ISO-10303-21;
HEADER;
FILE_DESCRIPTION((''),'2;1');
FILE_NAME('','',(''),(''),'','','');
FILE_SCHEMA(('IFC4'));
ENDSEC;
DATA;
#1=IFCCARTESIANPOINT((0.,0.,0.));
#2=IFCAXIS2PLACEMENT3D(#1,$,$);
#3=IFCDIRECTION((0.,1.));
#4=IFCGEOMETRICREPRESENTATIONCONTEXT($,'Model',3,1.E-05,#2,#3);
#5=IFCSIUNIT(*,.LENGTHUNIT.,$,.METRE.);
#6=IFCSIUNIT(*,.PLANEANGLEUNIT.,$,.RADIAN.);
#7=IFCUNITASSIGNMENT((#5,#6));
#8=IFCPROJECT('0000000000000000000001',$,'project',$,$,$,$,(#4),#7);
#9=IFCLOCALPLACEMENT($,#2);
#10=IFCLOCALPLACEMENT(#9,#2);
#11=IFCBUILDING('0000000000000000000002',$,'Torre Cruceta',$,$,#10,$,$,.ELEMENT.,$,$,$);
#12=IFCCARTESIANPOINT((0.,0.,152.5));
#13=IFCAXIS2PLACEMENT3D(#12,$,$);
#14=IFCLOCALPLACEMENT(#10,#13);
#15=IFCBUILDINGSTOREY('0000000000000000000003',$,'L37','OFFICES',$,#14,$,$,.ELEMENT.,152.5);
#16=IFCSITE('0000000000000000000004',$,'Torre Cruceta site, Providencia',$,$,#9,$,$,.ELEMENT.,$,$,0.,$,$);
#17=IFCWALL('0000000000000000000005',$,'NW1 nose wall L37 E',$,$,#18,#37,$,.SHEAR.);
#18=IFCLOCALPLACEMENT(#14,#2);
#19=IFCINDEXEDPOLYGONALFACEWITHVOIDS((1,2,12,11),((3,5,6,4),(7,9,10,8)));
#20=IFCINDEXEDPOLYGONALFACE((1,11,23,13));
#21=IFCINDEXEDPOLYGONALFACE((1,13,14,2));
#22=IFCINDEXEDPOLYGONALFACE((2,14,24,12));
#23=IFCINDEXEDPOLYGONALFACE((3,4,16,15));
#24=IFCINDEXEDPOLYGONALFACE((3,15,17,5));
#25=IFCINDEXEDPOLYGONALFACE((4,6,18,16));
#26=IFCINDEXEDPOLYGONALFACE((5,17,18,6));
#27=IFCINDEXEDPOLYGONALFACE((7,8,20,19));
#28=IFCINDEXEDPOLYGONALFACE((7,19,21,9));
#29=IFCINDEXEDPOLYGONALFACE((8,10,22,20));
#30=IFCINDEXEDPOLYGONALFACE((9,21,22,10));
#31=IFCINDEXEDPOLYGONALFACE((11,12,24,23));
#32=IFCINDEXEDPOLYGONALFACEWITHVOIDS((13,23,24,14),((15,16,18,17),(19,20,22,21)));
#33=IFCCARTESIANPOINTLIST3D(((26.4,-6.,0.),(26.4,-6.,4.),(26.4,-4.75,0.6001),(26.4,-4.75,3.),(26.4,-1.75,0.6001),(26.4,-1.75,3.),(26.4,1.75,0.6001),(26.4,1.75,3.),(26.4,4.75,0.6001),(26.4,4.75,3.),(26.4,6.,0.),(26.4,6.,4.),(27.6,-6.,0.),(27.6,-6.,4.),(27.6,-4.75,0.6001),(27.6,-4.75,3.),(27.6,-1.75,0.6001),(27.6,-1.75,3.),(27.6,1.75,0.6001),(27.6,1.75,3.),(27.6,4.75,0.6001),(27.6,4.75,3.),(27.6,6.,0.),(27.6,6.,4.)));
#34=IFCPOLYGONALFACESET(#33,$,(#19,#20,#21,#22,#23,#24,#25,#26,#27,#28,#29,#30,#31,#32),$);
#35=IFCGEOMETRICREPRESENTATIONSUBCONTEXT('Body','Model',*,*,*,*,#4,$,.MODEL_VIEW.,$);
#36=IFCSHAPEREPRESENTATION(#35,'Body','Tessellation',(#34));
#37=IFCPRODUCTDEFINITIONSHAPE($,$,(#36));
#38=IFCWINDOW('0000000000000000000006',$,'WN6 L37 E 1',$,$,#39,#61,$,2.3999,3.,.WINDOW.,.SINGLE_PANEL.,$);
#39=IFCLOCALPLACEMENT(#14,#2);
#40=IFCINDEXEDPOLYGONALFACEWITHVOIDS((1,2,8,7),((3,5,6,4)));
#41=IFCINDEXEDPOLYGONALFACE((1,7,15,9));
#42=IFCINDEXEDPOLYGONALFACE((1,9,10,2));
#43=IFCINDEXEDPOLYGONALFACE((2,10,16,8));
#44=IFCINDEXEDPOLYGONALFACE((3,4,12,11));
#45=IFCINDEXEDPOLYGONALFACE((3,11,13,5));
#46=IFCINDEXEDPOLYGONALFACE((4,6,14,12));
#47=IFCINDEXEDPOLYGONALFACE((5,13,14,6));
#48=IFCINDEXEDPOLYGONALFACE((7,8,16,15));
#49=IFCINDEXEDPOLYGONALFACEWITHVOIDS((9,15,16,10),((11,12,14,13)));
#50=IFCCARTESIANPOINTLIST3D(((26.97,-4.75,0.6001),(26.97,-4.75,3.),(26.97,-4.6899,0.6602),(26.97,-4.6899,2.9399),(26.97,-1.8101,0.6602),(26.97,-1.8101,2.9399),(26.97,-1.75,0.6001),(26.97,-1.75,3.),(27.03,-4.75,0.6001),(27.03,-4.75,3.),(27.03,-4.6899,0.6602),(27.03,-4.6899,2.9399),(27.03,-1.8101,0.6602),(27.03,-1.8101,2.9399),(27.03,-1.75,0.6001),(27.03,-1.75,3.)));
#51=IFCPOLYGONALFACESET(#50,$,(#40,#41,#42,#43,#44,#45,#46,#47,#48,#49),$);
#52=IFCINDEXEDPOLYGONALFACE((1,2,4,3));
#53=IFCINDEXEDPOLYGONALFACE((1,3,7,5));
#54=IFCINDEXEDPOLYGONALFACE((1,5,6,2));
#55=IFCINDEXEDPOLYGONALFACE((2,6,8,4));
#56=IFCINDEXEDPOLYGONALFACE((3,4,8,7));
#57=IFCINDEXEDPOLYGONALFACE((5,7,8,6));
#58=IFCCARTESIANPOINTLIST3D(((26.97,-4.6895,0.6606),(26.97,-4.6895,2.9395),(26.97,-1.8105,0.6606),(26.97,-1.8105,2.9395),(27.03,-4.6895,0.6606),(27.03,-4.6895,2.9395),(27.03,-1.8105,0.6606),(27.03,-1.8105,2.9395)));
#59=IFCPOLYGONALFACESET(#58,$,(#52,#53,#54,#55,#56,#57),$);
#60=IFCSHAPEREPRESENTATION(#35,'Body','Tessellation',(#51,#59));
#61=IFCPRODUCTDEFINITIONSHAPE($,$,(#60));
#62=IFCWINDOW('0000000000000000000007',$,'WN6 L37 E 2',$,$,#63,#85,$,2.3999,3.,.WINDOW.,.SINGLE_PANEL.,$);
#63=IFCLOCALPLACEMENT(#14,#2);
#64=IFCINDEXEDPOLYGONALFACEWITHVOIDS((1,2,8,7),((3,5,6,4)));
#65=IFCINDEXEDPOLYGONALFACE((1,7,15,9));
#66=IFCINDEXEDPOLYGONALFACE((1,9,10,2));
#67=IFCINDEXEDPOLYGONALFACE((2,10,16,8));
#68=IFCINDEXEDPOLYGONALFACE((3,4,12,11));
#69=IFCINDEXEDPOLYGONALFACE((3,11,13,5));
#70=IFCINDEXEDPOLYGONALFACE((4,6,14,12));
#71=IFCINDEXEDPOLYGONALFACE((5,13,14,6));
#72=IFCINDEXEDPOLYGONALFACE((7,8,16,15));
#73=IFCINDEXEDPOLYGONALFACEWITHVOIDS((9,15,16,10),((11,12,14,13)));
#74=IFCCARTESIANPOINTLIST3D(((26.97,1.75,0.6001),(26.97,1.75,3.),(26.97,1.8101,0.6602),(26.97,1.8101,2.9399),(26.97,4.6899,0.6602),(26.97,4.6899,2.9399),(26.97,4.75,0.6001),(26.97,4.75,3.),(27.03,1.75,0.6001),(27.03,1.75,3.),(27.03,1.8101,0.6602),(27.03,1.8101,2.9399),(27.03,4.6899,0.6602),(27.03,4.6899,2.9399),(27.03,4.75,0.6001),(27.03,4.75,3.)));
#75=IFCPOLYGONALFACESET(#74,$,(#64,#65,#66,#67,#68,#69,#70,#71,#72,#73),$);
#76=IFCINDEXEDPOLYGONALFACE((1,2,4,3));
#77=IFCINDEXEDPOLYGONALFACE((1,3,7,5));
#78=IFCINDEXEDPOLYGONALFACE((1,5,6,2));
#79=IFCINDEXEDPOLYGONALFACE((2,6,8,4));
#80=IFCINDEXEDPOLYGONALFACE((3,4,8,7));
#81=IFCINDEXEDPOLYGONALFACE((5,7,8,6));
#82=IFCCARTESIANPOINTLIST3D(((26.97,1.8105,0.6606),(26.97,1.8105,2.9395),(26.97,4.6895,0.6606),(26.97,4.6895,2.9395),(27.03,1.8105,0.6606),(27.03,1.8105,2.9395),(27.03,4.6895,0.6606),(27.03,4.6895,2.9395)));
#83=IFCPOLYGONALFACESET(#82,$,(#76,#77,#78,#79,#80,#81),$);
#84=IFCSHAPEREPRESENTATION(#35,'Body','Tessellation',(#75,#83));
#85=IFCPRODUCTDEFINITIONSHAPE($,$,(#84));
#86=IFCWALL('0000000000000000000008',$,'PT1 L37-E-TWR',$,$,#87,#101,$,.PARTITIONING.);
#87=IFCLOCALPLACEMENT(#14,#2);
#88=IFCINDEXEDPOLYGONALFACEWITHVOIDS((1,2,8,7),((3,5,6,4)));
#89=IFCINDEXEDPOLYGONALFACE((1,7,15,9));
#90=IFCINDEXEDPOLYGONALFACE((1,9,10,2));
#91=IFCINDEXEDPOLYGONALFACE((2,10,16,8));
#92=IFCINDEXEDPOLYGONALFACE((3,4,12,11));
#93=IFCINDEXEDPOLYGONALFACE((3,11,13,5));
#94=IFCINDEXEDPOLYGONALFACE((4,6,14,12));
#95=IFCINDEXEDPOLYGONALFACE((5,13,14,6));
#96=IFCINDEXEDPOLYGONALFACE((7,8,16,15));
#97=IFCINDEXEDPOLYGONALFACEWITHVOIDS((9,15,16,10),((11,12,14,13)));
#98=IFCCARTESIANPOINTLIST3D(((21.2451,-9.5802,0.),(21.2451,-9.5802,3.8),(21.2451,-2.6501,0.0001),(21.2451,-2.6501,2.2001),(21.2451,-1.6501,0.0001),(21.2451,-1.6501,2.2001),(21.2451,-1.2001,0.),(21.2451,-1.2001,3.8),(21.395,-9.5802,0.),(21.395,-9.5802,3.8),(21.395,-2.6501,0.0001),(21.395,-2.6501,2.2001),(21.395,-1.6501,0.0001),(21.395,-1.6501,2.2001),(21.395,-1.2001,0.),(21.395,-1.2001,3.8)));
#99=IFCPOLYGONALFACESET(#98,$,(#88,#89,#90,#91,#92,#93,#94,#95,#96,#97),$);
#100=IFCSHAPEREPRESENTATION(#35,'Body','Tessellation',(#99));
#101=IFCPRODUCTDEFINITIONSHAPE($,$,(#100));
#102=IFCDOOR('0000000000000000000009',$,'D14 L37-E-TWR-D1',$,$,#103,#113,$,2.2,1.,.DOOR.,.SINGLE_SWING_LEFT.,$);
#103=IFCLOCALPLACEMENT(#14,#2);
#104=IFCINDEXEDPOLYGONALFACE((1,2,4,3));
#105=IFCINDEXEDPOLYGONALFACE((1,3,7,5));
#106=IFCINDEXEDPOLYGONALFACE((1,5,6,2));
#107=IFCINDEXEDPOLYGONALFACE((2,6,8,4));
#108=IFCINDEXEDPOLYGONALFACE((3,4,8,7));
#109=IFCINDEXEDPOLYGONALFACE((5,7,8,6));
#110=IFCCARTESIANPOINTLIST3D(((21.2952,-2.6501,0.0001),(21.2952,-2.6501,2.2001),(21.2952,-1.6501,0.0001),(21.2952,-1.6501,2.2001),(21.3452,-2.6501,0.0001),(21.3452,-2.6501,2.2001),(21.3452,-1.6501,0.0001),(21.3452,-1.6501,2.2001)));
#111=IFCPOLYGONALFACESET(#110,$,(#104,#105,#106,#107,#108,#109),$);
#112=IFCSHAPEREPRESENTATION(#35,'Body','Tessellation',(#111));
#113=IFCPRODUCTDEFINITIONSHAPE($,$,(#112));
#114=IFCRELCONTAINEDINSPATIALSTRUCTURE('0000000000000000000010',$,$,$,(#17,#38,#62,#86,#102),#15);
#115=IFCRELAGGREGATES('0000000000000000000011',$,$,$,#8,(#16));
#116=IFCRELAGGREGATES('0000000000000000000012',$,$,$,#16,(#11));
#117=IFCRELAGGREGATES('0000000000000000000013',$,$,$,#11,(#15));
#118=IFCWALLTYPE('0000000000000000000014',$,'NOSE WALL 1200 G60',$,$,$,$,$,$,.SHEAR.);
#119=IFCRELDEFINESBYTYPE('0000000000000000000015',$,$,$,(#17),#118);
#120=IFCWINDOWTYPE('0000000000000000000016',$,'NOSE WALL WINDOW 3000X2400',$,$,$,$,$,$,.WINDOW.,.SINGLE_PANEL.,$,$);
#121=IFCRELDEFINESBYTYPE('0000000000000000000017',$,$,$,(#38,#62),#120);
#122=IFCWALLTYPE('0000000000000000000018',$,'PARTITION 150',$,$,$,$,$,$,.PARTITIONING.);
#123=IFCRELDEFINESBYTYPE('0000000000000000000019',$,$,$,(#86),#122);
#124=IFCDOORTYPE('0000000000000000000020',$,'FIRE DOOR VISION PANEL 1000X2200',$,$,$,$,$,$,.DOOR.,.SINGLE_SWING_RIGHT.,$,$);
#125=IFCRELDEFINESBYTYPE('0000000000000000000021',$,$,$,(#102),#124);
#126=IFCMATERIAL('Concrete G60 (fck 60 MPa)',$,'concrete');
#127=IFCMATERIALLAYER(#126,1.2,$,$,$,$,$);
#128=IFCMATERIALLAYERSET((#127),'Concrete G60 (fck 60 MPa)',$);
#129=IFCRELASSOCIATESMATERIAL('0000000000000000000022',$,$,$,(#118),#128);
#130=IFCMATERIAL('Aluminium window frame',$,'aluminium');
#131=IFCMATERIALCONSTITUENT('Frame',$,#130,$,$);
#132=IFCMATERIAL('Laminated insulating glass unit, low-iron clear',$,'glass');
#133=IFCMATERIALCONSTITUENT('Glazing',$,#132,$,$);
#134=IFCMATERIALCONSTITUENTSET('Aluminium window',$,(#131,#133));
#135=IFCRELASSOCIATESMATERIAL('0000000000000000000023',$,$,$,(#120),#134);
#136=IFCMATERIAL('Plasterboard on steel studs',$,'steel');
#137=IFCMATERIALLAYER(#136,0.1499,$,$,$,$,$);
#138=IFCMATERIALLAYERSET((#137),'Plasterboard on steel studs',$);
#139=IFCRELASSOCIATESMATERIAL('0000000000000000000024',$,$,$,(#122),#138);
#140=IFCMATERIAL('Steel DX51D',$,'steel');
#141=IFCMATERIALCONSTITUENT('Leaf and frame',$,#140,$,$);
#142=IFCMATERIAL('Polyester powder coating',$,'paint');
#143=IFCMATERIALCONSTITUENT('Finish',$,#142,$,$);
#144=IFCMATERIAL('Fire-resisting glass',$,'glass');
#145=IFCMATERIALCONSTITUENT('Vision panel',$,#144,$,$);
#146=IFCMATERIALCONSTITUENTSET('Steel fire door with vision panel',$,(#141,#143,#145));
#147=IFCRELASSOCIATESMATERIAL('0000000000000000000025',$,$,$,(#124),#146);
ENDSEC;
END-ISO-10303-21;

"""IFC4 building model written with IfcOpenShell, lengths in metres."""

from ifc_helpers import new_model, si_unit, direction, frame, frame_2d, origin, place, context, subcontext, project, spatial, rectangle, hollow_rectangle, extrude, material, layer, layer_set, constituent, constituent_set, type_object, element, fill, save


model = new_model("IFC4")

# Units and contexts
model_context = context("Model", 3, precision=1e-05, world=origin(), true_north=direction((0.0, 1.0)))
body_context = subcontext(model_context, "Body", "Model", "MODEL_VIEW")
ifc_project = project(units=[si_unit("LENGTHUNIT", "METRE"), si_unit("PLANEANGLEUNIT", "RADIAN")], contexts=[model_context])

# Site, building, storey
site_placement = place(None, origin())
site = spatial("IfcSite", under=ifc_project, at=site_placement, Name="Torre Cruceta site, Providencia", CompositionType="ELEMENT", RefElevation=0.0)
building_placement = place(site_placement, origin())
building = spatial("IfcBuilding", under=site, at=building_placement, Name="Torre Cruceta", CompositionType="ELEMENT")
storey_placement = place(building_placement, frame((0.0, 0.0, 152.5)))
storey = spatial("IfcBuildingStorey", under=building, at=storey_placement, Name="L37", Description="OFFICES", CompositionType="ELEMENT", Elevation=152.5)

# Wall, openings, windows
ifc_material_1 = material(Name="Concrete G60 (fck 60 MPa)", Category="concrete")
ifc_layer_1 = layer(ifc_material_1, 1.2)
ifc_layer_set_1 = layer_set([ifc_layer_1], Name="Concrete G60 (fck 60 MPa)")
wall_type_1 = type_object("IfcWallType", Name="NOSE WALL 1200 G60", PredefinedType="SHEAR", material=ifc_layer_set_1)
wall_1_placement = place(storey_placement, frame((27.0, -6.0, 0.0), z_axis=(0.0, 0.0, 1.0), x_axis=(0.0, 1.0, 0.0)))
wall_1 = element("IfcWall", 1, at=wall_1_placement, inside=storey, type_object=wall_type_1, Name="NW1 nose wall L37 E", PredefinedType="SHEAR", context=body_context, shape_type="SweptSolid", body=[
    extrude(rectangle(XDim=12.0, YDim=1.2, at=frame_2d((6.0, 0.0))), origin(), (0.0, 0.0, 1.0), 4.0),
])
opening_1_placement = place(wall_1_placement, frame((1.25, 0.0, 0.6001)))
opening_1 = element("IfcOpeningElement", 2, at=opening_1_placement, cuts=wall_1, PredefinedType="OPENING", context=body_context, shape_type="SweptSolid", body=[
    extrude(rectangle(XDim=3.0, YDim=2.3999, at=frame_2d((1.5, 1.2))), frame((0.0, 0.6099, 0.0), z_axis=(0.0, -1.0, 0.0), x_axis=(1.0, 0.0, 0.0)), (0.0, 0.0, 1.0), 1.22),
])
opening_2_placement = place(wall_1_placement, frame((7.75, 0.0, 0.6001)))
opening_2 = element("IfcOpeningElement", 3, at=opening_2_placement, cuts=wall_1, PredefinedType="OPENING", context=body_context, shape_type="SweptSolid", body=[
    extrude(rectangle(XDim=3.0, YDim=2.3999, at=frame_2d((1.5, 1.2))), frame((0.0, 0.6099, 0.0), z_axis=(0.0, -1.0, 0.0), x_axis=(1.0, 0.0, 0.0)), (0.0, 0.0, 1.0), 1.22),
])
ifc_material_2 = material(Name="Aluminium window frame", Category="aluminium")
ifc_constituent_1 = constituent(ifc_material_2, Name="Frame")
ifc_material_3 = material(Name="Laminated insulating glass unit, low-iron clear", Category="glass")
ifc_constituent_2 = constituent(ifc_material_3, Name="Glazing")
ifc_constituent_set_1 = constituent_set(constituents=[ifc_constituent_1, ifc_constituent_2], Name="Aluminium window")
window_type_1 = type_object("IfcWindowType", Name="NOSE WALL WINDOW 3000X2400", PartitioningType="SINGLE_PANEL", PredefinedType="WINDOW", material=ifc_constituent_set_1)
window_1_placement = place(opening_1_placement, origin())
window_1 = element("IfcWindow", 4, at=window_1_placement, inside=storey, type_object=window_type_1, Name="WN6 L37 E 1", OverallHeight=2.3999, OverallWidth=3.0, PartitioningType="SINGLE_PANEL", PredefinedType="WINDOW", context=body_context, shape_type="SweptSolid", body=[
    extrude(hollow_rectangle(XDim=3.0, YDim=2.3999, WallThickness=0.0601, at=frame_2d((1.5, 1.2))), frame((0.0, 0.03, 0.0), z_axis=(0.0, -1.0, 0.0), x_axis=(1.0, 0.0, 0.0)), (0.0, 0.0, 1.0), 0.0601),
    extrude(rectangle(XDim=2.8789, YDim=2.2788, at=frame_2d((1.5, 1.2))), frame((0.0, 0.03, 0.0), z_axis=(0.0, -1.0, 0.0), x_axis=(1.0, 0.0, 0.0)), (0.0, 0.0, 1.0), 0.0601),
])
fill(opening_1, window_1)
window_2_placement = place(opening_2_placement, origin())
window_2 = element("IfcWindow", 5, at=window_2_placement, inside=storey, type_object=window_type_1, Name="WN6 L37 E 2", OverallHeight=2.3999, OverallWidth=3.0, PartitioningType="SINGLE_PANEL", PredefinedType="WINDOW", context=body_context, shape_type="SweptSolid", body=[
    extrude(hollow_rectangle(XDim=3.0, YDim=2.3999, WallThickness=0.0601, at=frame_2d((1.5, 1.2))), frame((0.0, 0.03, 0.0), z_axis=(0.0, -1.0, 0.0), x_axis=(1.0, 0.0, 0.0)), (0.0, 0.0, 1.0), 0.0601),
    extrude(rectangle(XDim=2.8789, YDim=2.2788, at=frame_2d((1.5, 1.2))), frame((0.0, 0.03, 0.0), z_axis=(0.0, -1.0, 0.0), x_axis=(1.0, 0.0, 0.0)), (0.0, 0.0, 1.0), 0.0601),
])
fill(opening_2, window_2)

# Wall, opening, door
ifc_material_4 = material(Name="Plasterboard on steel studs", Category="steel")
ifc_layer_2 = layer(ifc_material_4, 0.1499)
ifc_layer_set_2 = layer_set([ifc_layer_2], Name="Plasterboard on steel studs")
wall_type_2 = type_object("IfcWallType", Name="PARTITION 150", PredefinedType="PARTITIONING", material=ifc_layer_set_2)
wall_2_placement = place(storey_placement, frame((21.3201, -9.5801, 0.0), z_axis=(0.0, 0.0, 1.0), x_axis=(0.0, 1.0, 0.0)))
wall_2 = element("IfcWall", 6, at=wall_2_placement, inside=storey, type_object=wall_type_2, Name="PT1 L37-E-TWR", PredefinedType="PARTITIONING", context=body_context, shape_type="SweptSolid", body=[
    extrude(rectangle(XDim=8.3801, YDim=0.1499, at=frame_2d((4.1899, 0.0))), origin(), (0.0, 0.0, 1.0), 3.8),
])
opening_3_placement = place(wall_2_placement, frame((6.9299, 0.0, 0.0)))
opening_3 = element("IfcOpeningElement", 7, at=opening_3_placement, cuts=wall_2, PredefinedType="OPENING", context=body_context, shape_type="SweptSolid", body=[
    extrude(rectangle(XDim=1.0, YDim=2.2, at=frame_2d((0.5, 1.1001))), frame((0.0, 0.085, 0.0), z_axis=(0.0, -1.0, 0.0), x_axis=(1.0, 0.0, 0.0)), (0.0, 0.0, 1.0), 0.1699),
])
ifc_material_5 = material(Name="Steel DX51D", Category="steel")
ifc_constituent_3 = constituent(ifc_material_5, Name="Leaf and frame")
ifc_material_6 = material(Name="Polyester powder coating", Category="paint")
ifc_constituent_4 = constituent(ifc_material_6, Name="Finish")
ifc_material_7 = material(Name="Fire-resisting glass", Category="glass")
ifc_constituent_5 = constituent(ifc_material_7, Name="Vision panel")
ifc_constituent_set_2 = constituent_set(constituents=[ifc_constituent_3, ifc_constituent_4, ifc_constituent_5], Name="Steel fire door with vision panel")
door_type = type_object("IfcDoorType", Name="FIRE DOOR VISION PANEL 1000X2200", OperationType="SINGLE_SWING_RIGHT", PredefinedType="DOOR", material=ifc_constituent_set_2)
door_placement = place(opening_3_placement, frame((1.0, 0.0, 0.0), z_axis=(0.0, 0.0, 1.0), x_axis=(-1.0, 0.0, 0.0)))
door = element("IfcDoor", 8, at=door_placement, inside=storey, type_object=door_type, Name="D14 L37-E-TWR-D1", OperationType="SINGLE_SWING_LEFT", OverallHeight=2.2, OverallWidth=1.0, PredefinedType="DOOR", context=body_context, shape_type="SweptSolid", body=[
    extrude(rectangle(XDim=1.0, YDim=2.2, at=frame_2d((0.5, 1.1001))), frame((0.0, 0.0251, 0.0), z_axis=(0.0, -1.0, 0.0), x_axis=(1.0, 0.0, 0.0)), (0.0, 0.0, 1.0), 0.05),
])
fill(opening_3, door)

save(model, "model.ifc")
